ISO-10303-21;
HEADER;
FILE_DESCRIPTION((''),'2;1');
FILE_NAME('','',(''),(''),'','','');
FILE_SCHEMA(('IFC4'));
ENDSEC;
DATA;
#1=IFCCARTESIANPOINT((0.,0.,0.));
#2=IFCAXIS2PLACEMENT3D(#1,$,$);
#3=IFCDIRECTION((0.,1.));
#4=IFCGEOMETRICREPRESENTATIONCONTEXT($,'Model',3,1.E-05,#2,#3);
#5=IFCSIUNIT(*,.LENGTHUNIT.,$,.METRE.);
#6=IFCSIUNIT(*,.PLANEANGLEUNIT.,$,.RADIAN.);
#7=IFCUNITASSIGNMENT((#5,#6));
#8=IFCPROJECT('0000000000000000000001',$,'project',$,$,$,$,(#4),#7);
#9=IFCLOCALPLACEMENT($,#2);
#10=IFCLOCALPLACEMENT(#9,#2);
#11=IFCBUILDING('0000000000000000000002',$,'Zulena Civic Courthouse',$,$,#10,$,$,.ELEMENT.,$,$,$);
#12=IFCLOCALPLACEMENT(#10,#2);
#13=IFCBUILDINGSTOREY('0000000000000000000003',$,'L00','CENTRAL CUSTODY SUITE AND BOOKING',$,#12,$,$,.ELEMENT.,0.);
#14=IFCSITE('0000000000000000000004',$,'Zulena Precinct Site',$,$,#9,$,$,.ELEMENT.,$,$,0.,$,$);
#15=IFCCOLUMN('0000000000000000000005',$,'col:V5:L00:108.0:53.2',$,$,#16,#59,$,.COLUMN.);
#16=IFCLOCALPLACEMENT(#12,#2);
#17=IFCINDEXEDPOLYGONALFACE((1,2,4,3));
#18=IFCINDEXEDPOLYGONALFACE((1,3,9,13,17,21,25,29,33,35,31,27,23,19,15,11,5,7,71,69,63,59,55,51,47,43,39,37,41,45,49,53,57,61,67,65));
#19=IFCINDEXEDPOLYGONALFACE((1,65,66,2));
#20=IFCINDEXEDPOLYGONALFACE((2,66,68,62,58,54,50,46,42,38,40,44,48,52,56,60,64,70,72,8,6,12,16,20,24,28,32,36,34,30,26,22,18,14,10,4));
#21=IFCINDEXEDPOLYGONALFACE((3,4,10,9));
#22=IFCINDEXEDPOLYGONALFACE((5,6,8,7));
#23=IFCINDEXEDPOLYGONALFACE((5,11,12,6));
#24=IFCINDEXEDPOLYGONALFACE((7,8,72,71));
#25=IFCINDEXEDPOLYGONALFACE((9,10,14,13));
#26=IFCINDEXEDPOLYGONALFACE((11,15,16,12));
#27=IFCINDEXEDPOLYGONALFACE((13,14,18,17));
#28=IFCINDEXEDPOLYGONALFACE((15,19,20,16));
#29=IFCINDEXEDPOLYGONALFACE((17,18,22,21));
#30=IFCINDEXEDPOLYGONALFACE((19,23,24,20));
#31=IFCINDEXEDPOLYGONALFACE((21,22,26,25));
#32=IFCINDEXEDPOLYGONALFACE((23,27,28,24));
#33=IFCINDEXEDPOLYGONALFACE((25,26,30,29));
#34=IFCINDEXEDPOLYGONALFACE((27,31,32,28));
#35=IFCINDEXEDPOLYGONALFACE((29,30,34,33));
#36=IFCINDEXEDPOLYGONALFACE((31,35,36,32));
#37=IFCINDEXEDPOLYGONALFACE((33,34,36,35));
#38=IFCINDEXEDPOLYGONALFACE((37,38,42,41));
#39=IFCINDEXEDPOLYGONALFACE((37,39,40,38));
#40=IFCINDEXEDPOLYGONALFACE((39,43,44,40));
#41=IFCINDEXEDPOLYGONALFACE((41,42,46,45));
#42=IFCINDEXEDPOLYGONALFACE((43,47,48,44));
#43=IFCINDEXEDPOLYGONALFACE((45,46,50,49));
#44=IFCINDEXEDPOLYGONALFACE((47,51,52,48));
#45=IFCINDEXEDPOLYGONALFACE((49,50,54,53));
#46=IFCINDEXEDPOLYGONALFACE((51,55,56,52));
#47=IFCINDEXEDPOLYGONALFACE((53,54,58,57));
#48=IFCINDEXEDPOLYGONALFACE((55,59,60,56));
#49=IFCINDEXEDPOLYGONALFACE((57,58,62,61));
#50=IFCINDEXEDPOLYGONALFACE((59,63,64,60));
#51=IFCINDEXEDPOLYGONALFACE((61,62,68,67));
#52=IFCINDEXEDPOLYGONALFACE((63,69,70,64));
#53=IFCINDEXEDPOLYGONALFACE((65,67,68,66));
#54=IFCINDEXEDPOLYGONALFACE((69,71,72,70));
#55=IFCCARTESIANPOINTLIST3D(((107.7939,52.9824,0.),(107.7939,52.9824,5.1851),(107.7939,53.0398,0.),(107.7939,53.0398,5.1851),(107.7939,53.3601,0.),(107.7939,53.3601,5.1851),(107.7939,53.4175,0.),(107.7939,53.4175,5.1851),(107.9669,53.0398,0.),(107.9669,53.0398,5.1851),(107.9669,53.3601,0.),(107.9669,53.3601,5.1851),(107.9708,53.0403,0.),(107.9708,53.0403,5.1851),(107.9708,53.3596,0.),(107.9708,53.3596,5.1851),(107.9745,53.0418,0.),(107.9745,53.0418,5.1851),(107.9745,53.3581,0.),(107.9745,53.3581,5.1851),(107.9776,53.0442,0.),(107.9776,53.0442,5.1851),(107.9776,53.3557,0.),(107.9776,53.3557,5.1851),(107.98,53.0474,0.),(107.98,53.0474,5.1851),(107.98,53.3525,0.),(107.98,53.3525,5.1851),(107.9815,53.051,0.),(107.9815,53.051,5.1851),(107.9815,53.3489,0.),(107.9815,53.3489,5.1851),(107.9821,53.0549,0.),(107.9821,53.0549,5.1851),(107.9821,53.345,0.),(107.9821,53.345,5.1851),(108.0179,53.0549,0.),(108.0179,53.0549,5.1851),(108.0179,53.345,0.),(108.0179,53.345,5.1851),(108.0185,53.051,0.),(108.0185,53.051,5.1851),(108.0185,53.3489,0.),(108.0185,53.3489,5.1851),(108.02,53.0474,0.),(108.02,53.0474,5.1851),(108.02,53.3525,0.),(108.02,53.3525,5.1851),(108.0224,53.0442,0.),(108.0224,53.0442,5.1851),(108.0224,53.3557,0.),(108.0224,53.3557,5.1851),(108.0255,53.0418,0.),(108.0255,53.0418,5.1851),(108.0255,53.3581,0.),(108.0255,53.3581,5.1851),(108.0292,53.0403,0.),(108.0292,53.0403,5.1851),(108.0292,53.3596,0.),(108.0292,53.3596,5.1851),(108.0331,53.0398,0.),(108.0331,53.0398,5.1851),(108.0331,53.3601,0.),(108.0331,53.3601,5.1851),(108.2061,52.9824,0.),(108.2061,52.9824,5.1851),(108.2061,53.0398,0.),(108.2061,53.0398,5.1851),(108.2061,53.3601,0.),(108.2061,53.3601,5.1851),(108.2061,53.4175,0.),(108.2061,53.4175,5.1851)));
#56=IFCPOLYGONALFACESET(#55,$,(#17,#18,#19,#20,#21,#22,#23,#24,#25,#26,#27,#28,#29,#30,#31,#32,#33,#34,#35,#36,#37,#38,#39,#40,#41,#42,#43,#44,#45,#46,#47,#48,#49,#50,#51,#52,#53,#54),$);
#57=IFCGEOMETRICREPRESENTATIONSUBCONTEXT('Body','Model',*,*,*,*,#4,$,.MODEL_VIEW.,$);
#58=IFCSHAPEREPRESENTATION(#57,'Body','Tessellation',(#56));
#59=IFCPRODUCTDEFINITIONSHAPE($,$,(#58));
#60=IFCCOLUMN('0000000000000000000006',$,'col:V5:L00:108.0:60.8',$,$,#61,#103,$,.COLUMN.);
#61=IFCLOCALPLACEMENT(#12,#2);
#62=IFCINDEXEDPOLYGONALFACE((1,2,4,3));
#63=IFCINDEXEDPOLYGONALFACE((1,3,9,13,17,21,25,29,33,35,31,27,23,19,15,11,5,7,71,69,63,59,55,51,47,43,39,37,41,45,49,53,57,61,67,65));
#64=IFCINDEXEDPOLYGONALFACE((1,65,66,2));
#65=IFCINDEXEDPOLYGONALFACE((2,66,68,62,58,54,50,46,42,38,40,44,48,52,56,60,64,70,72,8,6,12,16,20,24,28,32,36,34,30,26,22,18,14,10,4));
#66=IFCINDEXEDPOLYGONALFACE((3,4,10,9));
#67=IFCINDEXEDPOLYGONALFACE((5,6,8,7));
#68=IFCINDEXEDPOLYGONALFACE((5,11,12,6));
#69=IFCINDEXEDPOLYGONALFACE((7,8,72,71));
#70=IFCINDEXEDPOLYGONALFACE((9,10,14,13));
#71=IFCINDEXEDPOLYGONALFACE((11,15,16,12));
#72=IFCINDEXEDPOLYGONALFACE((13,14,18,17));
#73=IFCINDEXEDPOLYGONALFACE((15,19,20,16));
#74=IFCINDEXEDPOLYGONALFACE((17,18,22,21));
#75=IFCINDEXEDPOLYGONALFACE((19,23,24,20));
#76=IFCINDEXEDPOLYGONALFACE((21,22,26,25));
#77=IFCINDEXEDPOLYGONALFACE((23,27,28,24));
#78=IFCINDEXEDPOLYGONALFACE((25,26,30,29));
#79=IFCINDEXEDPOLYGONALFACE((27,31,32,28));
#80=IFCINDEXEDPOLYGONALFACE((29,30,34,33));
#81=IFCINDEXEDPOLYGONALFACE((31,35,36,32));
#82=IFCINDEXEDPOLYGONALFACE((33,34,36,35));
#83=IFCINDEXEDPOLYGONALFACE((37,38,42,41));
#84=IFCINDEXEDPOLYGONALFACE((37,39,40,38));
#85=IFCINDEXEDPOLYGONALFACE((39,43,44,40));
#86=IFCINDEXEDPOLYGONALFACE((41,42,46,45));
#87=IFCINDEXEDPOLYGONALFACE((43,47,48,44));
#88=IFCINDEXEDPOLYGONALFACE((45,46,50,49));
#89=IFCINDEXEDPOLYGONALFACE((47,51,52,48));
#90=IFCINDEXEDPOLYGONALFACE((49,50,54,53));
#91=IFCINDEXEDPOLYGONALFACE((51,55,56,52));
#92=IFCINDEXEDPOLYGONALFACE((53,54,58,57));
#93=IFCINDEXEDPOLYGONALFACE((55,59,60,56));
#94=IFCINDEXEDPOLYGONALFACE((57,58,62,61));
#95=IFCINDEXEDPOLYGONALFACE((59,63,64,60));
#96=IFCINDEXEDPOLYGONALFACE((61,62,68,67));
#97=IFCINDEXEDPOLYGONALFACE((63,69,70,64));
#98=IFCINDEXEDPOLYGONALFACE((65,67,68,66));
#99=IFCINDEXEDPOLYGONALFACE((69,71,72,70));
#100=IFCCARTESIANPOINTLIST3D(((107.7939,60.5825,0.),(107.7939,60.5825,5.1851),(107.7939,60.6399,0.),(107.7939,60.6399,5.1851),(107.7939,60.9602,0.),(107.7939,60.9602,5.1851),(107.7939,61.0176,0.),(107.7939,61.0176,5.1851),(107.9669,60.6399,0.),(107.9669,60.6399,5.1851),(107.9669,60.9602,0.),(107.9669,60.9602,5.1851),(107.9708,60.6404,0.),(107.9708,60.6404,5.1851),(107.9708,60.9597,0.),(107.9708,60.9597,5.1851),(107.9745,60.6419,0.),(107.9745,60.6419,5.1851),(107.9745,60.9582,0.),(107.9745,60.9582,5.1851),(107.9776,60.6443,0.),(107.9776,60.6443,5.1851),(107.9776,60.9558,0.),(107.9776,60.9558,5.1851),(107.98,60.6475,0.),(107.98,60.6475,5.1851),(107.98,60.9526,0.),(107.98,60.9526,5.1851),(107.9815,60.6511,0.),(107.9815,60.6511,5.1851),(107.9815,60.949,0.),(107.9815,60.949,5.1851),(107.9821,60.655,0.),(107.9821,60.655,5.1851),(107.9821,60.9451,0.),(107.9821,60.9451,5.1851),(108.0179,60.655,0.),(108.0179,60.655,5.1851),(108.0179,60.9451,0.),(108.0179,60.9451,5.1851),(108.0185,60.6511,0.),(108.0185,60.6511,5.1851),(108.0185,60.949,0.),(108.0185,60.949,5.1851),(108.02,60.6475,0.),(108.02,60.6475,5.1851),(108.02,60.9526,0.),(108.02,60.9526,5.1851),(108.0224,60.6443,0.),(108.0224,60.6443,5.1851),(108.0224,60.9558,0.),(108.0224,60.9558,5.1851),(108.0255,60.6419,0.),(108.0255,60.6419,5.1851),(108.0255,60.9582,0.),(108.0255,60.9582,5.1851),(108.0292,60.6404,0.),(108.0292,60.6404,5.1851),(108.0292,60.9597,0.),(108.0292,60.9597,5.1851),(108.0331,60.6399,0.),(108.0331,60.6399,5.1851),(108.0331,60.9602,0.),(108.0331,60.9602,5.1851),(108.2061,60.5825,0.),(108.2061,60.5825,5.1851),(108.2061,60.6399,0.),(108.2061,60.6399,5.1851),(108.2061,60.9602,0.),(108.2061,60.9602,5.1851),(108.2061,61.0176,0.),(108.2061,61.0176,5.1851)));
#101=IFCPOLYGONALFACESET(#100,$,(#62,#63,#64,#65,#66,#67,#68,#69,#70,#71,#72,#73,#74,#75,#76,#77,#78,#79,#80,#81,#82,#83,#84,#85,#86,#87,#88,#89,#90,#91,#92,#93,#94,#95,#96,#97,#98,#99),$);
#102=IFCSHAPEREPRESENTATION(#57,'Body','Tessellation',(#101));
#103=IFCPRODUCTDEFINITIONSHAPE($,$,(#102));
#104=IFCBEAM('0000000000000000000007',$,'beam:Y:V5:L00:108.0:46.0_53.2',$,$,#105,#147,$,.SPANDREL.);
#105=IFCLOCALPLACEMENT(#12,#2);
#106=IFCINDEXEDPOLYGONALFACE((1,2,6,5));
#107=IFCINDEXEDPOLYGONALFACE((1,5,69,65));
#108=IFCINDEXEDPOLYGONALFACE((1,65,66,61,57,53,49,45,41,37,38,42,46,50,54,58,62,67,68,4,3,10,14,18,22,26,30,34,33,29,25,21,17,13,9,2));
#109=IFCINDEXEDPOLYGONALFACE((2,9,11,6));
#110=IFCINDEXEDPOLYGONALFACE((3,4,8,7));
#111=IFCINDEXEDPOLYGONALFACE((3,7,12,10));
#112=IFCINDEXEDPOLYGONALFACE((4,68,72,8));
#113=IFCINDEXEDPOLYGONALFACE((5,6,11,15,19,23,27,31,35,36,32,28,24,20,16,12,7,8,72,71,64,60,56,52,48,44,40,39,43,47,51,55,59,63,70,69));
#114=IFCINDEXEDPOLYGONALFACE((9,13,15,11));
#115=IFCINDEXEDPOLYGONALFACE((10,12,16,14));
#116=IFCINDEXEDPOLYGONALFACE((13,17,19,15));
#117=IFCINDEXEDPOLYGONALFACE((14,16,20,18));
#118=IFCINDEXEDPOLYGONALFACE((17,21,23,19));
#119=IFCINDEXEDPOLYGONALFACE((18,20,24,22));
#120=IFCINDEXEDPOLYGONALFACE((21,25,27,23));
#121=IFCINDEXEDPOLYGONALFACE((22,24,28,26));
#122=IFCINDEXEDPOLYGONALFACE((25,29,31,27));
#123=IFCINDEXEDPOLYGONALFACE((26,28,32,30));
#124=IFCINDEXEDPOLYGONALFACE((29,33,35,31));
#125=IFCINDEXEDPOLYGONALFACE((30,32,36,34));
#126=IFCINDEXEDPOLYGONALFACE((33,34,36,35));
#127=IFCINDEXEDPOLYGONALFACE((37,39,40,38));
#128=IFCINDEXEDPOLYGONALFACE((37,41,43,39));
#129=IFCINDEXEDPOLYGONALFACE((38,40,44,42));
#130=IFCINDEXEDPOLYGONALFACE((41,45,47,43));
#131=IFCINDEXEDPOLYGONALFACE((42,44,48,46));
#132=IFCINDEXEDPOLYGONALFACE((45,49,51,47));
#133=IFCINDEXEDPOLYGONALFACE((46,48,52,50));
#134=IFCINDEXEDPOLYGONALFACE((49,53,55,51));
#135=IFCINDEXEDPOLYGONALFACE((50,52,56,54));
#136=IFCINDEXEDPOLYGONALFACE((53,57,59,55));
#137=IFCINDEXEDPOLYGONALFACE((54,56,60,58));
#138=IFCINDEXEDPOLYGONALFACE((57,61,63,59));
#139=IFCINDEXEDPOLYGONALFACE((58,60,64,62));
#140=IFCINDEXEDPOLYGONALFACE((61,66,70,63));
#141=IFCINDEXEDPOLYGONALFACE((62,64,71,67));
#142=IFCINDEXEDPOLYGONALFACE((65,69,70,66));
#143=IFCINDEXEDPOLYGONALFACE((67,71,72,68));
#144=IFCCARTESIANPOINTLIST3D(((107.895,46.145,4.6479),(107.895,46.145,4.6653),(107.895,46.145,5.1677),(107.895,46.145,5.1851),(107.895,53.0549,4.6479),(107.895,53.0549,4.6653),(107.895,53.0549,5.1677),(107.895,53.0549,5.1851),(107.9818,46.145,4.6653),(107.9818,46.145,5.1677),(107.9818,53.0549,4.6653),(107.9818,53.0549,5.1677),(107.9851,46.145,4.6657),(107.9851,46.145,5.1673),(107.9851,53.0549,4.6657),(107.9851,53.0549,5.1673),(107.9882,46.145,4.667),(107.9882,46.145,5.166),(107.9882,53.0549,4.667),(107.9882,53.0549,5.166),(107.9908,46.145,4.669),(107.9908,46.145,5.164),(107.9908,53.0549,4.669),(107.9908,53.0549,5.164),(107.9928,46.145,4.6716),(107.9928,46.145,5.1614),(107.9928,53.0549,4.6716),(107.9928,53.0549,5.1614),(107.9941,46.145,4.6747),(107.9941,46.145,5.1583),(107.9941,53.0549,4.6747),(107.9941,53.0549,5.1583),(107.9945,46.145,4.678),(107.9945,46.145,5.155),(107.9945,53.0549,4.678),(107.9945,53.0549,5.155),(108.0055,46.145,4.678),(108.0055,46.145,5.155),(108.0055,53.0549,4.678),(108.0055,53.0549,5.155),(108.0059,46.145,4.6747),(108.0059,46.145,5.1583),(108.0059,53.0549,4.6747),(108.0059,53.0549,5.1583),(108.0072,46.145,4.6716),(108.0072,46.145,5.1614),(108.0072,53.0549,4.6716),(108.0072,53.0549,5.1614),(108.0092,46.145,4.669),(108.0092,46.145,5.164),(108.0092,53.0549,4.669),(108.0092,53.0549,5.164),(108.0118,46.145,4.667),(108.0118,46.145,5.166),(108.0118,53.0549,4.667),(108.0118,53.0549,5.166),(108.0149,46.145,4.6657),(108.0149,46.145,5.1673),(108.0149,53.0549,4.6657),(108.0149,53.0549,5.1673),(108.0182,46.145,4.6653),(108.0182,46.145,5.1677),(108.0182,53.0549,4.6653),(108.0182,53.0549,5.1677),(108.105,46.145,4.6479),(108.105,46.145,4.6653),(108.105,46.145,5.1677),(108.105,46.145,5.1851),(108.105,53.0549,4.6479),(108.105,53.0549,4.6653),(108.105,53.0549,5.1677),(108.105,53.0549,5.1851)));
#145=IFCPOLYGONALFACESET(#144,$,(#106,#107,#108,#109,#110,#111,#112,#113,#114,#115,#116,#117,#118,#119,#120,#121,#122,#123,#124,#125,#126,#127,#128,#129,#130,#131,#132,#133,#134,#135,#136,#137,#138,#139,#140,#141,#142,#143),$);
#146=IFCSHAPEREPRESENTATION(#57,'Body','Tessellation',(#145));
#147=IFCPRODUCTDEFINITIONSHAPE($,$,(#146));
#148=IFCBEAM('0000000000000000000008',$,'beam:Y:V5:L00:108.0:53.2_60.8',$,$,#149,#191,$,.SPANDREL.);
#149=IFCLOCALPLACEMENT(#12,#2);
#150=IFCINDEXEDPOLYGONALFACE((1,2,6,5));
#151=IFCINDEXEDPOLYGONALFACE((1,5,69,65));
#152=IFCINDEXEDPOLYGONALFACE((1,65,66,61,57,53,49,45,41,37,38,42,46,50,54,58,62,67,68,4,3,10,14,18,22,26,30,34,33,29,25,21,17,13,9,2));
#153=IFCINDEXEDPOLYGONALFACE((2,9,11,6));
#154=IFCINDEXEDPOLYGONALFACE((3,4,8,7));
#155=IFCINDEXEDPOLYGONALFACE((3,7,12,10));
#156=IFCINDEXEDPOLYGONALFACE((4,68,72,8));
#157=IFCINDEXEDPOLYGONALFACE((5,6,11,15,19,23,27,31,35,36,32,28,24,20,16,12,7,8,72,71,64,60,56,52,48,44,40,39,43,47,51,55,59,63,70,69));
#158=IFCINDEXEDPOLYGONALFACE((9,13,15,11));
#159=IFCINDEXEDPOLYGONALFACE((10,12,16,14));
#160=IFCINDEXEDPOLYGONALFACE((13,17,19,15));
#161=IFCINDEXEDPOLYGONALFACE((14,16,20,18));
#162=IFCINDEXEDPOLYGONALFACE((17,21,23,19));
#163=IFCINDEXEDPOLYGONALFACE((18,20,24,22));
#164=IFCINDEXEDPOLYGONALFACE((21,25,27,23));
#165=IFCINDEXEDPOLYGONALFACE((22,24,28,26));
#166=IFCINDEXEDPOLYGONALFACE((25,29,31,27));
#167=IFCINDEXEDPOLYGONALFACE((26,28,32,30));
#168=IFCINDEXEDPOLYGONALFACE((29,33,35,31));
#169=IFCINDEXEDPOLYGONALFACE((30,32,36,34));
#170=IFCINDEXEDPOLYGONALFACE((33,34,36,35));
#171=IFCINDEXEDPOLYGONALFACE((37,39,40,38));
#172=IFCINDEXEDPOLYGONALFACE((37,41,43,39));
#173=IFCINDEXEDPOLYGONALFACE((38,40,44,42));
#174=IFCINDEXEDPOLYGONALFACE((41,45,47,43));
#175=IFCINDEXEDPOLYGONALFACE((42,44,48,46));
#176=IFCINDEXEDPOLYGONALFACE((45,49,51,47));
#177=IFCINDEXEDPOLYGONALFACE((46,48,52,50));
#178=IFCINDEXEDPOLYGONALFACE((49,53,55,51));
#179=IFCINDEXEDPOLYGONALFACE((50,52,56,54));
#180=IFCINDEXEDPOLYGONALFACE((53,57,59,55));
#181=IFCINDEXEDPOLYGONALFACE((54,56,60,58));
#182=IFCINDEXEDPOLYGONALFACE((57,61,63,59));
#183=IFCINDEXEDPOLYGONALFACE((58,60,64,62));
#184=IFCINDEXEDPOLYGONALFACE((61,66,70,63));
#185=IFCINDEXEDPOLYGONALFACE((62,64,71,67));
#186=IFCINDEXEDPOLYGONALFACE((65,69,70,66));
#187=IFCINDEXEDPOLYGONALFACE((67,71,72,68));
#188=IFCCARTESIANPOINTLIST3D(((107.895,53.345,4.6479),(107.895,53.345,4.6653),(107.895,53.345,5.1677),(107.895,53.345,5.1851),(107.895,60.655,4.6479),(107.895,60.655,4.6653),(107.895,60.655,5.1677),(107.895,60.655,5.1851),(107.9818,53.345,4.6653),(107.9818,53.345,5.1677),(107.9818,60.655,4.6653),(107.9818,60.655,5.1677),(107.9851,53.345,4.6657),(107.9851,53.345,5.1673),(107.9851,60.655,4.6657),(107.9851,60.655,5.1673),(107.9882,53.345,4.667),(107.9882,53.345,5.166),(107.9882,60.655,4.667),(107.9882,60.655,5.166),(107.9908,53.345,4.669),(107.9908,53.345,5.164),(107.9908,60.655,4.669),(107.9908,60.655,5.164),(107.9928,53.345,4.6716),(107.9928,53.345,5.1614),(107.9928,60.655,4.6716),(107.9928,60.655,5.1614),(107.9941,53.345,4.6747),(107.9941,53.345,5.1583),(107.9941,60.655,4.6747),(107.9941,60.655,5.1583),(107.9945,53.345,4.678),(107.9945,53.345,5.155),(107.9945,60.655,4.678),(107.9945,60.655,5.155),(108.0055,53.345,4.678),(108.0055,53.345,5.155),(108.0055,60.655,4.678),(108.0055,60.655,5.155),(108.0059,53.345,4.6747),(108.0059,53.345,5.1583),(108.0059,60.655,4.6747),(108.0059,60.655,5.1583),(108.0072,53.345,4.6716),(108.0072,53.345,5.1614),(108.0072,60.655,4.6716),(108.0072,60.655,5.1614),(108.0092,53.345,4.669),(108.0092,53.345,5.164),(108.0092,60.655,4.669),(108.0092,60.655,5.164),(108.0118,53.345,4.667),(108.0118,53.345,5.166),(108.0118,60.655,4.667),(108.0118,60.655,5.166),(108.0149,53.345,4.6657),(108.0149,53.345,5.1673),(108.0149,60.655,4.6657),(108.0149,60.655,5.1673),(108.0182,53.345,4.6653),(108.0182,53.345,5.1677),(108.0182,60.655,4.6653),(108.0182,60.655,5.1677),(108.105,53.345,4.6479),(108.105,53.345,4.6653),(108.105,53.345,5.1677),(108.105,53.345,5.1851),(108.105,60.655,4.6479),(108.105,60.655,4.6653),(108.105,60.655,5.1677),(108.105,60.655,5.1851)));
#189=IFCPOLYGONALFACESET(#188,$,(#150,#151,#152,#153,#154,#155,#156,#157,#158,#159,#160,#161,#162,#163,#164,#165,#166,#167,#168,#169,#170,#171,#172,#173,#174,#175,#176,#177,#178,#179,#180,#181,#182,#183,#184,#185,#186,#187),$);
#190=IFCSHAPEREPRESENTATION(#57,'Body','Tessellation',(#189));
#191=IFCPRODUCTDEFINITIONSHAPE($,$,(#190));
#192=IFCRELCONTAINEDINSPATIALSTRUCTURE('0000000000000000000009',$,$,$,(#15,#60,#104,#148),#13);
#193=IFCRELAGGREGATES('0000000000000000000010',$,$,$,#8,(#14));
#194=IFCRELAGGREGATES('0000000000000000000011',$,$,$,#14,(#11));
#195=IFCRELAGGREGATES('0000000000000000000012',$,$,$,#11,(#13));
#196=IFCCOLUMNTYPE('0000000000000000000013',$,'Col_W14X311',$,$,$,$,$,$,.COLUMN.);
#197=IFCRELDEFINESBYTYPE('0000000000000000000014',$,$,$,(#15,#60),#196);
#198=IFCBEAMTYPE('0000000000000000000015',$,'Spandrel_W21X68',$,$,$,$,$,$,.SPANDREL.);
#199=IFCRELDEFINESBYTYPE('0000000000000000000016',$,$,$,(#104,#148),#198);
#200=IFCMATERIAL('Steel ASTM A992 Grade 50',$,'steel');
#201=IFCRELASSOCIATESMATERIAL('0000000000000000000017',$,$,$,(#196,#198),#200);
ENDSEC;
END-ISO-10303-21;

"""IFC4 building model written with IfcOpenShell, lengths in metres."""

from ifc_helpers import new_model, si_unit, direction, frame, origin, origin_2d, place, context, subcontext, project, spatial, i_section, extrude, material, material_profile, profile_set, type_object, element, save


model = new_model("IFC4")

# Units and contexts
model_context = context("Model", 3, precision=1e-05, world=origin(), true_north=direction((0.0, 1.0)))
body_context = subcontext(model_context, "Body", "Model", "MODEL_VIEW")
ifc_project = project(units=[si_unit("LENGTHUNIT", "METRE"), si_unit("PLANEANGLEUNIT", "RADIAN")], contexts=[model_context])

# Site, building, storey
site_placement = place(None, origin())
site = spatial("IfcSite", under=ifc_project, at=site_placement, Name="Zulena Precinct Site", CompositionType="ELEMENT", RefElevation=0.0)
building_placement = place(site_placement, origin())
building = spatial("IfcBuilding", under=site, at=building_placement, Name="Zulena Civic Courthouse", CompositionType="ELEMENT")
storey_placement = place(building_placement, origin())
storey = spatial("IfcBuildingStorey", under=building, at=storey_placement, Name="L00", Description="CENTRAL CUSTODY SUITE AND BOOKING", CompositionType="ELEMENT", Elevation=0.0)

# Columns
ifc_material_1 = material(Name="Steel ASTM A992 Grade 50", Category="steel")
ifc_material_profile_1 = material_profile(ifc_material_1, i_section(OverallWidth=0.4121, OverallDepth=0.4351, WebThickness=0.0359, FlangeThickness=0.0574, FilletRadius=0.0151, at=origin_2d()), Name="W14X311")
ifc_profile_set_1 = profile_set([ifc_material_profile_1], Name="Steel ASTM A992 Grade 50")
column_type_1 = type_object("IfcColumnType", Name="Col_W14X311", PredefinedType="COLUMN", material=ifc_profile_set_1)
for number, where, z_axis, x_axis, name in (
    (1, (108.0, 53.2, 0.0), (0.0, 0.0, 1.0), (1.0, 0.0, 0.0), "col:V5:L00:108.0:53.2"),
    (2, (108.0, 60.8, 0.0), (0.0, 0.0, 1.0), (1.0, 0.0, 0.0), "col:V5:L00:108.0:60.8"),
):
    element("IfcColumn", number, at=place(storey_placement, frame(where, z_axis=z_axis, x_axis=x_axis)), inside=storey, type_object=column_type_1, Name=name, PredefinedType="COLUMN", context=body_context, shape_type="SweptSolid", body=[
        extrude(i_section(OverallWidth=0.4121, OverallDepth=0.4351, WebThickness=0.0359, FlangeThickness=0.0574, FilletRadius=0.0151, at=origin_2d()), origin(), (0.0, 0.0, 1.0), 5.1851),
    ])

# Beams
ifc_material_profile_2 = material_profile(ifc_material_1, i_section(OverallWidth=0.21, OverallDepth=0.5371, WebThickness=0.011, FlangeThickness=0.0173, FilletRadius=0.0127, at=origin_2d()), Name="W21X68")
ifc_profile_set_2 = profile_set([ifc_material_profile_2], Name="Steel ASTM A992 Grade 50")
beam_type_1 = type_object("IfcBeamType", Name="Spandrel_W21X68", PredefinedType="SPANDREL", material=ifc_profile_set_2)
beam_1_placement = place(storey_placement, frame((108.0, 46.145, 4.9165), z_axis=(0.0, 1.0, 0.0), x_axis=(-1.0, 0.0, 0.0)))
element("IfcBeam", 3, at=beam_1_placement, inside=storey, type_object=beam_type_1, Name="beam:Y:V5:L00:108.0:46.0_53.2", PredefinedType="SPANDREL", context=body_context, shape_type="SweptSolid", body=[
    extrude(i_section(OverallWidth=0.21, OverallDepth=0.5371, WebThickness=0.011, FlangeThickness=0.0173, FilletRadius=0.0127, at=origin_2d()), origin(), (0.0, 0.0, 1.0), 6.9099),
])
beam_2_placement = place(storey_placement, frame((108.0, 53.345, 4.9165), z_axis=(0.0, 1.0, 0.0), x_axis=(-1.0, 0.0, 0.0)))
element("IfcBeam", 4, at=beam_2_placement, inside=storey, type_object=beam_type_1, Name="beam:Y:V5:L00:108.0:53.2_60.8", PredefinedType="SPANDREL", context=body_context, shape_type="SweptSolid", body=[
    extrude(i_section(OverallWidth=0.21, OverallDepth=0.5371, WebThickness=0.011, FlangeThickness=0.0173, FilletRadius=0.0127, at=origin_2d()), origin(), (0.0, 0.0, 1.0), 7.3101),
])

save(model, "model.ifc")
